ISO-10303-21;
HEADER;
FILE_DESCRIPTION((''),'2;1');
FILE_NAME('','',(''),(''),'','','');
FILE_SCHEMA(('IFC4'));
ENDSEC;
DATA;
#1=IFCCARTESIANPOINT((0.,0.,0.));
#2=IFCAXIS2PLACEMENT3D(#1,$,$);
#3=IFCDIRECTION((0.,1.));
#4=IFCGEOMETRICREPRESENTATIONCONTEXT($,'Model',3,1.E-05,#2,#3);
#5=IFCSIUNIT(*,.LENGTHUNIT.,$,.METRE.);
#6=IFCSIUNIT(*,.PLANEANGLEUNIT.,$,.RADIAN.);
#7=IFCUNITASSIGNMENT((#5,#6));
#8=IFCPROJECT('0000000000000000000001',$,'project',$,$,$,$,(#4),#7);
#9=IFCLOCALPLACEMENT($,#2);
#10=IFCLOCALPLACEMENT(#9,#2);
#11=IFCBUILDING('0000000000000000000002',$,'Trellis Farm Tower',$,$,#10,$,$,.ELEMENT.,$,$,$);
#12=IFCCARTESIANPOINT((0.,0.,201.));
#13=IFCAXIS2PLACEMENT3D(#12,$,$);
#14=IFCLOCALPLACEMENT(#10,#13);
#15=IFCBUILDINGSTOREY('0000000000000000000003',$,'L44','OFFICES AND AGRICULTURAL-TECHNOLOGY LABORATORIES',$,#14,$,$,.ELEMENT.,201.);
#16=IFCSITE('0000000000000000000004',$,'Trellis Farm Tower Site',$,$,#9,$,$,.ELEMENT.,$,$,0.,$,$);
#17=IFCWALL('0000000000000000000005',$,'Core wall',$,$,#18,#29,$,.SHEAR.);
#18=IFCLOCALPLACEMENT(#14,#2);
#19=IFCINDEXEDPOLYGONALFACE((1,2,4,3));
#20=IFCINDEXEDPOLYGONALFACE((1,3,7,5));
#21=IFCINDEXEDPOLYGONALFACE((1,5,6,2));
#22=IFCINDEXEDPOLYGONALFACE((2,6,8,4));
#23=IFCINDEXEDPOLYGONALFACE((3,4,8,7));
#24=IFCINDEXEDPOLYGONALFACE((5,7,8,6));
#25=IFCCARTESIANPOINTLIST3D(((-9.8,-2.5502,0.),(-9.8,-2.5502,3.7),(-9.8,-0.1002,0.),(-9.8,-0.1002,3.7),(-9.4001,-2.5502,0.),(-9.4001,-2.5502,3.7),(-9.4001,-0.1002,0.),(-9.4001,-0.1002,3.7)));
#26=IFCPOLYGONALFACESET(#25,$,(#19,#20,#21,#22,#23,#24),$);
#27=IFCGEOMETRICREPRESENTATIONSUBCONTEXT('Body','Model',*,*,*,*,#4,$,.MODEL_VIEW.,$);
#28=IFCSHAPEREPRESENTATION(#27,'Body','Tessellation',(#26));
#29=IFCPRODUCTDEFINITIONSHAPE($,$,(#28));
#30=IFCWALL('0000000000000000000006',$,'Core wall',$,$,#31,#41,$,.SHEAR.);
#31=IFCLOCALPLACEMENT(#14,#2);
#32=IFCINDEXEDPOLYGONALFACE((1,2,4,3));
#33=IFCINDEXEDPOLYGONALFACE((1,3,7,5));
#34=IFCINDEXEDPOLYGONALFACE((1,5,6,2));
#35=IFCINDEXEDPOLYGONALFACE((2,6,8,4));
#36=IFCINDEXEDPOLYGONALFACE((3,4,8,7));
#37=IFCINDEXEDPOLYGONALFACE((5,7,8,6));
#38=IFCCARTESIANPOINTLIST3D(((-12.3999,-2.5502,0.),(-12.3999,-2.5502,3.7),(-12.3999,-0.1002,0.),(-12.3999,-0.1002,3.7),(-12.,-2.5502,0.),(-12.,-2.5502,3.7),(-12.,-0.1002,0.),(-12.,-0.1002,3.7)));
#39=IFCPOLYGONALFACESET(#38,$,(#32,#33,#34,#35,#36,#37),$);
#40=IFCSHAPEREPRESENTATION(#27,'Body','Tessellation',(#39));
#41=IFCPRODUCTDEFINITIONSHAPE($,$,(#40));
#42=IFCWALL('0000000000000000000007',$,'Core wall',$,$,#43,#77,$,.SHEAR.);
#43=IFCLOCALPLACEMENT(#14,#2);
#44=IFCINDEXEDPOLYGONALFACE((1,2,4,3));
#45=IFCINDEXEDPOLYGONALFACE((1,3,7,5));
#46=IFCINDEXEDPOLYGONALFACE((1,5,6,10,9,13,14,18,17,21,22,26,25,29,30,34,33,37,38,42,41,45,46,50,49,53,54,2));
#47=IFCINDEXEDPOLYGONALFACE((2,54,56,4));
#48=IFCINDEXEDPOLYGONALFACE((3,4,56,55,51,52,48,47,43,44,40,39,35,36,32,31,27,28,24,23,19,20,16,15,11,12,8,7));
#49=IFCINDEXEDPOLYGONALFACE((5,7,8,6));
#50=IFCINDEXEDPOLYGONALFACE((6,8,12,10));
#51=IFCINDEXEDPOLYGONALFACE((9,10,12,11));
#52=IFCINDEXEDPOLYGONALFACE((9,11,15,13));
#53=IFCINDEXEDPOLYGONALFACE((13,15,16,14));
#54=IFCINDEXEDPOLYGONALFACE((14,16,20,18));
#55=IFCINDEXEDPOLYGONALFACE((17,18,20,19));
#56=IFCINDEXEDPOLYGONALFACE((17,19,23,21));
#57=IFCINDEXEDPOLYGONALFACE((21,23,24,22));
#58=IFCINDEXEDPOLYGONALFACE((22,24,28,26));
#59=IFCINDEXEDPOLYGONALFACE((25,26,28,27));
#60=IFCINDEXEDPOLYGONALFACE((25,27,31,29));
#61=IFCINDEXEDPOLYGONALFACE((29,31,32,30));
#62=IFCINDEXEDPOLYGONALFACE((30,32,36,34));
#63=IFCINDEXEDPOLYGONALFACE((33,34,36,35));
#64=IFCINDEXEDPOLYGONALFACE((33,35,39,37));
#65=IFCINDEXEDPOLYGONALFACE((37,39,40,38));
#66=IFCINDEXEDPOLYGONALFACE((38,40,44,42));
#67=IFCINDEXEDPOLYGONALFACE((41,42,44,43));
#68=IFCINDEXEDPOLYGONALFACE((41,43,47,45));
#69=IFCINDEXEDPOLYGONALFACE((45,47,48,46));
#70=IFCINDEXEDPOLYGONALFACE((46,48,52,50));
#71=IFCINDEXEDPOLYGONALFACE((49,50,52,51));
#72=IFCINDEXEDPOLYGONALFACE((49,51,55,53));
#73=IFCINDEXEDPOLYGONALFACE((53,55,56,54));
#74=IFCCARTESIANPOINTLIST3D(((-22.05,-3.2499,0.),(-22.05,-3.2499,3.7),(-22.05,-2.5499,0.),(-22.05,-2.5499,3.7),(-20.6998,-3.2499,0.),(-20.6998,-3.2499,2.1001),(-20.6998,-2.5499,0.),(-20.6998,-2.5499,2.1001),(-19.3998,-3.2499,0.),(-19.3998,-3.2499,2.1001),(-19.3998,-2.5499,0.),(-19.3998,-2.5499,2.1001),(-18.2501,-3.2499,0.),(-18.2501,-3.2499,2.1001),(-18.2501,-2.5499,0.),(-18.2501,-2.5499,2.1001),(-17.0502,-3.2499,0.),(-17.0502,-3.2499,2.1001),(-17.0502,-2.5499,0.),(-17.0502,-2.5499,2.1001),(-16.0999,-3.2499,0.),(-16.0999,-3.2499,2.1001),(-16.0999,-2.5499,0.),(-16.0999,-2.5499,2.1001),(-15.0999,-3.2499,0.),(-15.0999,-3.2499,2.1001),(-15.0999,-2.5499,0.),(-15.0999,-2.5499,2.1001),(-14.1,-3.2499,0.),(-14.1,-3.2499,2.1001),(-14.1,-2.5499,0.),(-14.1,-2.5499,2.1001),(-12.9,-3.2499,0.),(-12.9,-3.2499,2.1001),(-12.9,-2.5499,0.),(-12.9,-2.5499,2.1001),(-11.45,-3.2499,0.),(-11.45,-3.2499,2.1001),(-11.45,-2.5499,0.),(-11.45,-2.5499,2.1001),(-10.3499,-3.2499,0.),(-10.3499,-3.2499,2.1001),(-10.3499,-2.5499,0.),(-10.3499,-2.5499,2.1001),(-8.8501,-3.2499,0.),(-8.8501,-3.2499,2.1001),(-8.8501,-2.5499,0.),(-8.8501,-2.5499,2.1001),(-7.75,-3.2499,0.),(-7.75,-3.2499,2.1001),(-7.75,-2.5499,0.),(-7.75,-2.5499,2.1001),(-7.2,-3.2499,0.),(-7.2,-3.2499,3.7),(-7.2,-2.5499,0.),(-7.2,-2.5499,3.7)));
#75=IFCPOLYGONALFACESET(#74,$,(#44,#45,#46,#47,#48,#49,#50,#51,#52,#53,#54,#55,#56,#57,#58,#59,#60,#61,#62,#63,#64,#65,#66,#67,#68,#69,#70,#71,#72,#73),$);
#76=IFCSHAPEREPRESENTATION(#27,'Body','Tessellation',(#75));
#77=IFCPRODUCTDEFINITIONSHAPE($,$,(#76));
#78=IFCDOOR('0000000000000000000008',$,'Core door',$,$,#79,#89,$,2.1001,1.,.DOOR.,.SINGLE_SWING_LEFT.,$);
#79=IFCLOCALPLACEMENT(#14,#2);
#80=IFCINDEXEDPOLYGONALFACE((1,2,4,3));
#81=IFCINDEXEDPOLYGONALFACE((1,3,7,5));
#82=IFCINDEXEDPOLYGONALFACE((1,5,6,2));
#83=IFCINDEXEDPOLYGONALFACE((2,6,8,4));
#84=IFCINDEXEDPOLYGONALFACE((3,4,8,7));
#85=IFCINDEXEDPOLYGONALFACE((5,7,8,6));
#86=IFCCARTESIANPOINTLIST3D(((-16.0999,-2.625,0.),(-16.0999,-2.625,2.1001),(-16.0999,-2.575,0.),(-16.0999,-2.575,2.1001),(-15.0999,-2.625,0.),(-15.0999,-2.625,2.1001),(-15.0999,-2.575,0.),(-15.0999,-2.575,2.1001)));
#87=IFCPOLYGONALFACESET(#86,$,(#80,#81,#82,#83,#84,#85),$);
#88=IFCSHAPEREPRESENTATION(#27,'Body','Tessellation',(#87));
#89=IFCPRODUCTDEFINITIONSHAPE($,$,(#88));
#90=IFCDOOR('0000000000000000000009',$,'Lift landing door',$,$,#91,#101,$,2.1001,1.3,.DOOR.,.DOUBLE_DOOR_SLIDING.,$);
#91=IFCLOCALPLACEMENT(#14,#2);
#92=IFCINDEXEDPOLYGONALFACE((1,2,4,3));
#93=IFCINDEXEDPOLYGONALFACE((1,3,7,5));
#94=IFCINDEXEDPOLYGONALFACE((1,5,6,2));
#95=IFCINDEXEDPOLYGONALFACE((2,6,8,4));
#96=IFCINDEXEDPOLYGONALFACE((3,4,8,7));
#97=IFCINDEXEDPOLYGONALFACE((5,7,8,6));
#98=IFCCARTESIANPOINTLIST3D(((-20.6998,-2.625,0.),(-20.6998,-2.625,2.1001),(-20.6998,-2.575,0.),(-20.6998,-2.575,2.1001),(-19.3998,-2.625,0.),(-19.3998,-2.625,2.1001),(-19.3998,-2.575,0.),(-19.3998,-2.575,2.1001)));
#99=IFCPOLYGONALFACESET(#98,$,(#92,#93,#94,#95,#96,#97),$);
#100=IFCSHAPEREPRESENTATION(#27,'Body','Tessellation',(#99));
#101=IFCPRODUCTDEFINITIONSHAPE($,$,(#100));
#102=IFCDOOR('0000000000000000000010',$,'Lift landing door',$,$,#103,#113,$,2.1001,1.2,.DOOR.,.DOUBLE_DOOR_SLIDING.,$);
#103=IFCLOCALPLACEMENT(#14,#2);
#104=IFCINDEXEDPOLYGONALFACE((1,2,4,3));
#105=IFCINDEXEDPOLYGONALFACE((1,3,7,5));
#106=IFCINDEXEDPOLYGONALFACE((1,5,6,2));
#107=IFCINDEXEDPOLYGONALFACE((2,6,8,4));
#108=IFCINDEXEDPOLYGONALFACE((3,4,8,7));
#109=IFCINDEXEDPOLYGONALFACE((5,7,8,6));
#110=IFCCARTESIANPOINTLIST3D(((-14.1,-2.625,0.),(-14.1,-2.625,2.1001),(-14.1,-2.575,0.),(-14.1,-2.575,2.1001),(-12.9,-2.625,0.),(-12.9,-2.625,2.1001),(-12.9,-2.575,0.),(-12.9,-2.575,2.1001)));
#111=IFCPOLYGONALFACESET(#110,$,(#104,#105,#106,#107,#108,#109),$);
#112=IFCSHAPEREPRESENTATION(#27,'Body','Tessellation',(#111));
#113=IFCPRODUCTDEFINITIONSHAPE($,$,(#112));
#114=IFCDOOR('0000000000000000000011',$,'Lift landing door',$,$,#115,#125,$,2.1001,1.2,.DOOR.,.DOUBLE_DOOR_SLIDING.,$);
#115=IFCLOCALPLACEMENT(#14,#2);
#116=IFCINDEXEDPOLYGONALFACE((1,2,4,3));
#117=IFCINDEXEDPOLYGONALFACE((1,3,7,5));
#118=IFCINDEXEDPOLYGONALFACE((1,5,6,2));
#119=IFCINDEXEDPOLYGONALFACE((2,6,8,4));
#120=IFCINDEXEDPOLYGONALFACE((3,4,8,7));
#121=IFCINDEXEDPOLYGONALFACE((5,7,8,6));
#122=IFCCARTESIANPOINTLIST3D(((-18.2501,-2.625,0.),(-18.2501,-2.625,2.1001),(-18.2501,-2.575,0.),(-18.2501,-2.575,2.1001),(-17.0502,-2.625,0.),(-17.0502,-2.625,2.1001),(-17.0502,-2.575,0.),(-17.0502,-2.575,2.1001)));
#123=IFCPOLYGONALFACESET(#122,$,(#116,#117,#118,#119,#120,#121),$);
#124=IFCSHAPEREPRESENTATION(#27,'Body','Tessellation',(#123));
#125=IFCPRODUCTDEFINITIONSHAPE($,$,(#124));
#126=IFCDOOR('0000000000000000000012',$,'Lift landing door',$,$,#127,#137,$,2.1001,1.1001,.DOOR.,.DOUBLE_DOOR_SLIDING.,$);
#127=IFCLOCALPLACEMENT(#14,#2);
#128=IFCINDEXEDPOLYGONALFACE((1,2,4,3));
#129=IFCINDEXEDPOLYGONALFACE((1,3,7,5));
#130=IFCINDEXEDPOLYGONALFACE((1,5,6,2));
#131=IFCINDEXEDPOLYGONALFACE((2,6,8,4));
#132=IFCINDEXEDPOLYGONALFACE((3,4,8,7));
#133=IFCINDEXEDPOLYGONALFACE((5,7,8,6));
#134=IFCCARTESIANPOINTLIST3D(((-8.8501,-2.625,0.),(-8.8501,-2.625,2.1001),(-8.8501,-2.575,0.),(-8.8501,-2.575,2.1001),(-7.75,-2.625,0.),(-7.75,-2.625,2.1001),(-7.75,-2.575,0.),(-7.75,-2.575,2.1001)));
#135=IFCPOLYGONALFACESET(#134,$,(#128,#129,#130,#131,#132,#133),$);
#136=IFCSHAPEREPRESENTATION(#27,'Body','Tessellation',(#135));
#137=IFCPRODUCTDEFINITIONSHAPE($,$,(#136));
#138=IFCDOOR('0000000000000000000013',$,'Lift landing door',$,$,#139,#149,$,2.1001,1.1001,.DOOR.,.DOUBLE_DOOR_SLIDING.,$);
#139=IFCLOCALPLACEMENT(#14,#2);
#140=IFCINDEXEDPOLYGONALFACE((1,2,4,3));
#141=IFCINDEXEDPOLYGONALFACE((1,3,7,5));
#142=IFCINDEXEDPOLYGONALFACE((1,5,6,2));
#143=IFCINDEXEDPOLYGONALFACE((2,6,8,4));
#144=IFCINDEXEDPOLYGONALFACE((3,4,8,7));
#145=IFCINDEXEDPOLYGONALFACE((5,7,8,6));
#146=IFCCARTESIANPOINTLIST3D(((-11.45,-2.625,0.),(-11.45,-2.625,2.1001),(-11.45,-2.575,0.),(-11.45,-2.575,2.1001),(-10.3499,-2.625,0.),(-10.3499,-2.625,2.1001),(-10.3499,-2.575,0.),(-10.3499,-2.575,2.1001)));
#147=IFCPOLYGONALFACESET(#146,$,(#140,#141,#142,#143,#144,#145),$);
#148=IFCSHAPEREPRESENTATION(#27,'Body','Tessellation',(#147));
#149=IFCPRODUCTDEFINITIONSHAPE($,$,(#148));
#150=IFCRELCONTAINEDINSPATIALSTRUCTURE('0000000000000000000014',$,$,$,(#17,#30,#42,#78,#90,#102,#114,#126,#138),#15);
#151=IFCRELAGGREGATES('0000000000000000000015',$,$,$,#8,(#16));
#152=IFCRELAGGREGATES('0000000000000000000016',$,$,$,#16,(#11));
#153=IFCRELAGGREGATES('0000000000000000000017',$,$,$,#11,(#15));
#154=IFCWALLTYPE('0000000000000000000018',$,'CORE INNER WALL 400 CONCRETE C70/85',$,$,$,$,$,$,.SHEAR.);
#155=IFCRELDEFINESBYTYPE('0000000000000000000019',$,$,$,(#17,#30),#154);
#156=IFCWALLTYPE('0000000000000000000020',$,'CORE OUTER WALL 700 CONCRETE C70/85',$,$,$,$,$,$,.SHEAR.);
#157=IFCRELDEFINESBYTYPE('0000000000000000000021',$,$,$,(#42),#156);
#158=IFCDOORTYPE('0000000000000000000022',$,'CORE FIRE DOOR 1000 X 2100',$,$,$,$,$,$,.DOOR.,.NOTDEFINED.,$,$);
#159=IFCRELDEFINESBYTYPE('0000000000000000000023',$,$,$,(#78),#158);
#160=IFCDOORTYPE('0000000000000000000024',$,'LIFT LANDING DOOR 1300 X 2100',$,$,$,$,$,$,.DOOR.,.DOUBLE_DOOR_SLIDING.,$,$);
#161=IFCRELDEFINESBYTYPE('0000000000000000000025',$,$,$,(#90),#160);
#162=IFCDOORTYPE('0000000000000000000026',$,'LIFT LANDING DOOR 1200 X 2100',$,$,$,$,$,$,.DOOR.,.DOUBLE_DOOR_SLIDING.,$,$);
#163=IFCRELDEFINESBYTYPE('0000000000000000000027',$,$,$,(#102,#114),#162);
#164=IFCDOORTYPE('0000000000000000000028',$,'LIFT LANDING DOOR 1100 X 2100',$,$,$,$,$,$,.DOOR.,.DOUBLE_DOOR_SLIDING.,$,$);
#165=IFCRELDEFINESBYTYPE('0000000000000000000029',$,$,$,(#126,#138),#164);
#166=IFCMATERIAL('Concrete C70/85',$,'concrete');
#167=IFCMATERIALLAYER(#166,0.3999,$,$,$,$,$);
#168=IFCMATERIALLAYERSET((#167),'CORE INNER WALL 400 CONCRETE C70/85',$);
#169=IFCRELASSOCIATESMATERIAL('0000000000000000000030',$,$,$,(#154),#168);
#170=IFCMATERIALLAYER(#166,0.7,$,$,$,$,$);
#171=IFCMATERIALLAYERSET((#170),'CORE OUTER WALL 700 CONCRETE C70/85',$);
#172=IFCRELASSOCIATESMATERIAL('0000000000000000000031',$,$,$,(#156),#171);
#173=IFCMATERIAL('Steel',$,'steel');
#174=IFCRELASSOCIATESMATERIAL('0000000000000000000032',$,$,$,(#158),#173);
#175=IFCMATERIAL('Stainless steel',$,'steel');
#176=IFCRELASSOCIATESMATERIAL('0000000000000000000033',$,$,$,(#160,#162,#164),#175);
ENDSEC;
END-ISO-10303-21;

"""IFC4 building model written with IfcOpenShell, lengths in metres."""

from ifc_helpers import new_model, si_unit, direction, frame, frame_2d, origin, place, context, subcontext, project, spatial, rectangle, extrude, source, transform, mapped, material, layer, layer_set, type_object, element, fill, save


model = new_model("IFC4")

# Units and contexts
model_context = context("Model", 3, precision=1e-05, world=origin(), true_north=direction((0.0, 1.0)))
body_context = subcontext(model_context, "Body", "Model", "MODEL_VIEW")
ifc_project = project(units=[si_unit("LENGTHUNIT", "METRE"), si_unit("PLANEANGLEUNIT", "RADIAN")], contexts=[model_context])

# Site, building, storey
site_placement = place(None, origin())
site = spatial("IfcSite", under=ifc_project, at=site_placement, Name="Trellis Farm Tower Site", CompositionType="ELEMENT", RefElevation=0.0)
building_placement = place(site_placement, origin())
building = spatial("IfcBuilding", under=site, at=building_placement, Name="Trellis Farm Tower", CompositionType="ELEMENT")
storey_placement = place(building_placement, frame((0.0, 0.0, 201.0)))
storey = spatial("IfcBuildingStorey", under=building, at=storey_placement, Name="L44", Description="OFFICES AND AGRICULTURAL-TECHNOLOGY LABORATORIES", CompositionType="ELEMENT", Elevation=201.0)

# Shared definitions
ifc_material_1 = material(Name="Concrete C70/85", Category="concrete")

# Walls
ifc_layer_1 = layer(ifc_material_1, 0.3999)
ifc_layer_set_1 = layer_set([ifc_layer_1], Name="CORE INNER WALL 400 CONCRETE C70/85")
wall_type_1 = type_object("IfcWallType", Name="CORE INNER WALL 400 CONCRETE C70/85", PredefinedType="SHEAR", material=ifc_layer_set_1)
shared_shape_1 = source(origin(), body_context, "Body", "SweptSolid", [
    extrude(rectangle(XDim=2.45, YDim=0.3999, at=frame_2d((1.2251, 0.0))), origin(), (0.0, 0.0, 1.0), 3.7),
])
for number, where, z_axis, x_axis, name in (
    (1, (-9.6001, -0.1001, 0.0), (0.0, 0.0, 1.0), (0.0, -1.0, 0.0), "Core wall"),
    (2, (-12.2, -0.1001, 0.0), (0.0, 0.0, 1.0), (0.0, -1.0, 0.0), "Core wall"),
):
    element("IfcWall", number, at=place(storey_placement, frame(where, z_axis=z_axis, x_axis=x_axis)), inside=storey, type_object=wall_type_1, Name=name, PredefinedType="SHEAR", context=body_context, shape_type="MappedRepresentation", body=[
        mapped(shared_shape_1, transform((0.0, 0.0, 0.0))),
    ])

# Wall, openings, doors
ifc_layer_2 = layer(ifc_material_1, 0.7)
ifc_layer_set_2 = layer_set([ifc_layer_2], Name="CORE OUTER WALL 700 CONCRETE C70/85")
wall_type_2 = type_object("IfcWallType", Name="CORE OUTER WALL 700 CONCRETE C70/85", PredefinedType="SHEAR", material=ifc_layer_set_2)
shared_shape_2 = source(origin(), body_context, "Body", "SweptSolid", [
    extrude(rectangle(XDim=14.8501, YDim=0.7, at=frame_2d((7.425, 0.0))), origin(), (0.0, 0.0, 1.0), 3.7),
])
wall_1_placement = place(storey_placement, frame((-7.2, -2.8999, 0.0), z_axis=(0.0, 0.0, 1.0), x_axis=(-1.0, 0.0, 0.0)))
wall_1 = element("IfcWall", 3, at=wall_1_placement, inside=storey, type_object=wall_type_2, Name="Core wall", PredefinedType="SHEAR", context=body_context, shape_type="MappedRepresentation", body=[
    mapped(shared_shape_2, transform((0.0, 0.0, 0.0))),
])
shared_shape_3 = source(origin(), body_context, "Body", "SweptSolid", [
    extrude(rectangle(XDim=1.1001, YDim=2.1001, at=frame_2d((0.55, 1.05))), frame((0.0, 0.3601, 0.0), z_axis=(0.0, -1.0, 0.0), x_axis=(1.0, 0.0, 0.0)), (0.0, 0.0, 1.0), 0.7202),
])
opening_1_placement = place(wall_1_placement, frame((0.55, 0.0, 0.0)))
opening_1 = element("IfcOpeningElement", 4, at=opening_1_placement, cuts=wall_1, PredefinedType="OPENING", context=body_context, shape_type="MappedRepresentation", body=[
    mapped(shared_shape_3, transform((0.0, 0.0, 0.0))),
])
opening_2_placement = place(wall_1_placement, frame((3.1499, 0.0, 0.0)))
opening_2 = element("IfcOpeningElement", 5, at=opening_2_placement, cuts=wall_1, PredefinedType="OPENING", context=body_context, shape_type="MappedRepresentation", body=[
    mapped(shared_shape_3, transform((0.0, 0.0, 0.0))),
])
shared_shape_4 = source(origin(), body_context, "Body", "SweptSolid", [
    extrude(rectangle(XDim=1.2, YDim=2.1001, at=frame_2d((0.6001, 1.05))), frame((0.0, 0.3601, 0.0), z_axis=(0.0, -1.0, 0.0), x_axis=(1.0, 0.0, 0.0)), (0.0, 0.0, 1.0), 0.7202),
])
opening_3_placement = place(wall_1_placement, frame((5.7, 0.0, 0.0)))
opening_3 = element("IfcOpeningElement", 6, at=opening_3_placement, cuts=wall_1, PredefinedType="OPENING", context=body_context, shape_type="MappedRepresentation", body=[
    mapped(shared_shape_4, transform((0.0, 0.0, 0.0))),
])
shared_shape_5 = source(origin(), body_context, "Body", "SweptSolid", [
    extrude(rectangle(XDim=1.3, YDim=2.1001, at=frame_2d((0.6499, 1.05))), frame((0.0, 0.3601, 0.0), z_axis=(0.0, -1.0, 0.0), x_axis=(1.0, 0.0, 0.0)), (0.0, 0.0, 1.0), 0.7202),
])
opening_4_placement = place(wall_1_placement, frame((12.2, 0.0, 0.0)))
opening_4 = element("IfcOpeningElement", 7, at=opening_4_placement, cuts=wall_1, PredefinedType="OPENING", context=body_context, shape_type="MappedRepresentation", body=[
    mapped(shared_shape_5, transform((0.0, 0.0, 0.0))),
])
opening_5_placement = place(wall_1_placement, frame((9.8501, 0.0, 0.0)))
opening_5 = element("IfcOpeningElement", 8, at=opening_5_placement, cuts=wall_1, PredefinedType="OPENING", context=body_context, shape_type="MappedRepresentation", body=[
    mapped(shared_shape_4, transform((0.0, 0.0, 0.0))),
])
shared_shape_6 = source(origin(), body_context, "Body", "SweptSolid", [
    extrude(rectangle(XDim=1.0, YDim=2.1001, at=frame_2d((0.5, 1.05))), frame((0.0, 0.3601, 0.0), z_axis=(0.0, -1.0, 0.0), x_axis=(1.0, 0.0, 0.0)), (0.0, 0.0, 1.0), 0.7202),
])
opening_6_placement = place(wall_1_placement, frame((7.8999, 0.0, 0.0)))
opening_6 = element("IfcOpeningElement", 9, at=opening_6_placement, cuts=wall_1, PredefinedType="OPENING", context=body_context, shape_type="MappedRepresentation", body=[
    mapped(shared_shape_6, transform((0.0, 0.0, 0.0))),
])
ifc_material_2 = material(Name="Steel", Category="steel")
door_type_1 = type_object("IfcDoorType", Name="CORE FIRE DOOR 1000 X 2100", OperationType="NOTDEFINED", PredefinedType="DOOR", material=ifc_material_2)
shared_shape_7 = source(origin(), body_context, "Body", "SweptSolid", [
    extrude(rectangle(XDim=1.0, YDim=2.1001, at=frame_2d((0.5, 1.05))), frame((0.0, -0.2749, 0.0), z_axis=(0.0, -1.0, 0.0), x_axis=(1.0, 0.0, 0.0)), (0.0, 0.0, 1.0), 0.05),
])
door_1_placement = place(opening_6_placement, origin())
door_1 = element("IfcDoor", 10, at=door_1_placement, inside=storey, type_object=door_type_1, Name="Core door", OperationType="SINGLE_SWING_LEFT", OverallHeight=2.1001, OverallWidth=1.0, PredefinedType="DOOR", context=body_context, shape_type="MappedRepresentation", body=[
    mapped(shared_shape_7, transform((0.0, 0.0, 0.0))),
])
fill(opening_6, door_1)
ifc_material_3 = material(Name="Stainless steel", Category="steel")
door_type_2 = type_object("IfcDoorType", Name="LIFT LANDING DOOR 1300 X 2100", OperationType="DOUBLE_DOOR_SLIDING", PredefinedType="DOOR", material=ifc_material_3)
shared_shape_8 = source(origin(), body_context, "Body", "SweptSolid", [
    extrude(rectangle(XDim=1.3, YDim=2.1001, at=frame_2d((0.6499, 1.05))), frame((0.0, -0.2749, 0.0), z_axis=(0.0, -1.0, 0.0), x_axis=(1.0, 0.0, 0.0)), (0.0, 0.0, 1.0), 0.05),
])
door_2_placement = place(opening_4_placement, origin())
door_2 = element("IfcDoor", 11, at=door_2_placement, inside=storey, type_object=door_type_2, Name="Lift landing door", OperationType="DOUBLE_DOOR_SLIDING", OverallHeight=2.1001, OverallWidth=1.3, PredefinedType="DOOR", context=body_context, shape_type="MappedRepresentation", body=[
    mapped(shared_shape_8, transform((0.0, 0.0, 0.0))),
])
fill(opening_4, door_2)
door_type_3 = type_object("IfcDoorType", Name="LIFT LANDING DOOR 1200 X 2100", OperationType="DOUBLE_DOOR_SLIDING", PredefinedType="DOOR", material=ifc_material_3)
shared_shape_9 = source(origin(), body_context, "Body", "SweptSolid", [
    extrude(rectangle(XDim=1.2, YDim=2.1001, at=frame_2d((0.6001, 1.05))), frame((0.0, -0.2749, 0.0), z_axis=(0.0, -1.0, 0.0), x_axis=(1.0, 0.0, 0.0)), (0.0, 0.0, 1.0), 0.05),
])
door_3_placement = place(opening_3_placement, origin())
door_3 = element("IfcDoor", 12, at=door_3_placement, inside=storey, type_object=door_type_3, Name="Lift landing door", OperationType="DOUBLE_DOOR_SLIDING", OverallHeight=2.1001, OverallWidth=1.2, PredefinedType="DOOR", context=body_context, shape_type="MappedRepresentation", body=[
    mapped(shared_shape_9, transform((0.0, 0.0, 0.0))),
])
fill(opening_3, door_3)
door_4_placement = place(opening_5_placement, origin())
door_4 = element("IfcDoor", 13, at=door_4_placement, inside=storey, type_object=door_type_3, Name="Lift landing door", OperationType="DOUBLE_DOOR_SLIDING", OverallHeight=2.1001, OverallWidth=1.2, PredefinedType="DOOR", context=body_context, shape_type="MappedRepresentation", body=[
    mapped(shared_shape_9, transform((0.0, 0.0, 0.0))),
])
fill(opening_5, door_4)
door_type_4 = type_object("IfcDoorType", Name="LIFT LANDING DOOR 1100 X 2100", OperationType="DOUBLE_DOOR_SLIDING", PredefinedType="DOOR", material=ifc_material_3)
shared_shape_10 = source(origin(), body_context, "Body", "SweptSolid", [
    extrude(rectangle(XDim=1.1001, YDim=2.1001, at=frame_2d((0.55, 1.05))), frame((0.0, -0.2749, 0.0), z_axis=(0.0, -1.0, 0.0), x_axis=(1.0, 0.0, 0.0)), (0.0, 0.0, 1.0), 0.05),
])
door_5_placement = place(opening_1_placement, origin())
door_5 = element("IfcDoor", 14, at=door_5_placement, inside=storey, type_object=door_type_4, Name="Lift landing door", OperationType="DOUBLE_DOOR_SLIDING", OverallHeight=2.1001, OverallWidth=1.1001, PredefinedType="DOOR", context=body_context, shape_type="MappedRepresentation", body=[
    mapped(shared_shape_10, transform((0.0, 0.0, 0.0))),
])
fill(opening_1, door_5)
door_6_placement = place(opening_2_placement, origin())
door_6 = element("IfcDoor", 15, at=door_6_placement, inside=storey, type_object=door_type_4, Name="Lift landing door", OperationType="DOUBLE_DOOR_SLIDING", OverallHeight=2.1001, OverallWidth=1.1001, PredefinedType="DOOR", context=body_context, shape_type="MappedRepresentation", body=[
    mapped(shared_shape_10, transform((0.0, 0.0, 0.0))),
])
fill(opening_2, door_6)

save(model, "model.ifc")
